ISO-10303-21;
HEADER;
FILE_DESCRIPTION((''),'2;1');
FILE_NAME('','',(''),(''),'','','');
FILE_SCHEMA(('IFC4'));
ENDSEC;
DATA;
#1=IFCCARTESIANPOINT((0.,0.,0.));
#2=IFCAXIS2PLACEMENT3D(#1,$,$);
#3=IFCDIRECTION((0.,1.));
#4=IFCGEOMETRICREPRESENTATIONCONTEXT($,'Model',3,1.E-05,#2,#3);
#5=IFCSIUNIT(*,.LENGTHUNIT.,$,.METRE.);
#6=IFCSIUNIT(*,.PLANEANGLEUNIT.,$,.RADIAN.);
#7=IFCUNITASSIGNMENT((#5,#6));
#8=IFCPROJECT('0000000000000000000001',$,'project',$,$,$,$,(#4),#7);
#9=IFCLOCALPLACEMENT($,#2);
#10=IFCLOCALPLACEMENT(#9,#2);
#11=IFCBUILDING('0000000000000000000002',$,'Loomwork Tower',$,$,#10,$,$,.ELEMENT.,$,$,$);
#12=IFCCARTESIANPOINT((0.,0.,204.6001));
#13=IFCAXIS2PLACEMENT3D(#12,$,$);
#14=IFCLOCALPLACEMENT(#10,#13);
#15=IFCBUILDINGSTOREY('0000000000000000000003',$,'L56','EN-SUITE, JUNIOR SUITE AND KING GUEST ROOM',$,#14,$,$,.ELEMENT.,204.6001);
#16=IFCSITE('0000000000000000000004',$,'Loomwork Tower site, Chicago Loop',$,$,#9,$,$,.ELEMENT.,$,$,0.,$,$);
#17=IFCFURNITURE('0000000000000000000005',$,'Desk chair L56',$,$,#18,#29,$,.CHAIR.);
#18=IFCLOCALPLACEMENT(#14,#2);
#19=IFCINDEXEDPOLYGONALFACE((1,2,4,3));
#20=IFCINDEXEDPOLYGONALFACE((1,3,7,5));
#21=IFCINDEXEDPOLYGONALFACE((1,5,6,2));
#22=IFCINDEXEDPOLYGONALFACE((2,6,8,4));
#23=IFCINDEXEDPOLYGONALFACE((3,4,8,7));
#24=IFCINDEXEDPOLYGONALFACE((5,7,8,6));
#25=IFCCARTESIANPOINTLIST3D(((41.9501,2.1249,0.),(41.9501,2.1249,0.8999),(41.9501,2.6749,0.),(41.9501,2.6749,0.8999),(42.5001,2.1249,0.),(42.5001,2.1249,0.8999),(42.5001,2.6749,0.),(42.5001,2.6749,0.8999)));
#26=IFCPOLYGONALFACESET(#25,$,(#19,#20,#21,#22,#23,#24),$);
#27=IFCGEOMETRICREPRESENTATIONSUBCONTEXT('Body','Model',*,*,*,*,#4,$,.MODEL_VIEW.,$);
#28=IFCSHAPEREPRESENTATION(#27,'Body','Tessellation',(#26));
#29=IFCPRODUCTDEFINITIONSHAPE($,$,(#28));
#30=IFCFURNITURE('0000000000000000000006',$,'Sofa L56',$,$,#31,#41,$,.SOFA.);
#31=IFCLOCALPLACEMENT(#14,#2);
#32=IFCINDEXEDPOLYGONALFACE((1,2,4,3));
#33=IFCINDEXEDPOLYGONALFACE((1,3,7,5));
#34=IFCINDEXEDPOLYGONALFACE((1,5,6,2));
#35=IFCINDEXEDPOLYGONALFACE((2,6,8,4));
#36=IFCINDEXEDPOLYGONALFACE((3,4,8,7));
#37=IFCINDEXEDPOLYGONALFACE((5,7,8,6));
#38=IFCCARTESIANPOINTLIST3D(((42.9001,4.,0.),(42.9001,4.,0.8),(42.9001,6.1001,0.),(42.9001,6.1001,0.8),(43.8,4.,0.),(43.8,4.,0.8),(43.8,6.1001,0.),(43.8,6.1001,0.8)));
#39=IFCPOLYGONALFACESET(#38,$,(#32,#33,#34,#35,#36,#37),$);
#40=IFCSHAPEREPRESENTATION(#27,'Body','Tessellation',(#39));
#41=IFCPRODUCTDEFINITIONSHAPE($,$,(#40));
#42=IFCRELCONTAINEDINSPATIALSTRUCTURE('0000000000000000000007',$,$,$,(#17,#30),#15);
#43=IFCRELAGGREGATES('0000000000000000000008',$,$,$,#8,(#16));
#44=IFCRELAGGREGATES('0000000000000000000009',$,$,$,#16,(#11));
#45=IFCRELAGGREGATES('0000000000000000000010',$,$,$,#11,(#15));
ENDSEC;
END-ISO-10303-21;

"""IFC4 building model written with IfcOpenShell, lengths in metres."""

from ifc_helpers import new_model, si_unit, direction, frame, origin, origin_2d, place, context, subcontext, project, spatial, rectangle, extrude, element, save


model = new_model("IFC4")

# Units and contexts
model_context = context("Model", 3, precision=1e-05, world=origin(), true_north=direction((0.0, 1.0)))
body_context = subcontext(model_context, "Body", "Model", "MODEL_VIEW")
ifc_project = project(units=[si_unit("LENGTHUNIT", "METRE"), si_unit("PLANEANGLEUNIT", "RADIAN")], contexts=[model_context])

# Site, building, storey
site_placement = place(None, origin())
site = spatial("IfcSite", under=ifc_project, at=site_placement, Name="Loomwork Tower site, Chicago Loop", CompositionType="ELEMENT", RefElevation=0.0)
building_placement = place(site_placement, origin())
building = spatial("IfcBuilding", under=site, at=building_placement, Name="Loomwork Tower", CompositionType="ELEMENT")
storey_placement = place(building_placement, frame((0.0, 0.0, 204.6001)))
storey = spatial("IfcBuildingStorey", under=building, at=storey_placement, Name="L56", Description="EN-SUITE, JUNIOR SUITE AND KING GUEST ROOM", CompositionType="ELEMENT", Elevation=204.6001)

# Furniture
furniture_1_placement = place(storey_placement, frame((42.2251, 2.3999, 0.0), z_axis=(0.0, 0.0, 1.0), x_axis=(1.0, 0.0, 0.0)))
element("IfcFurniture", 1, at=furniture_1_placement, inside=storey, Name="Desk chair L56", PredefinedType="CHAIR", context=body_context, shape_type="SweptSolid", body=[
    extrude(rectangle(XDim=0.55, YDim=0.55, at=origin_2d()), origin(), (0.0, 0.0, 1.0), 0.8999),
])
furniture_2_placement = place(storey_placement, frame((43.3501, 5.05, 0.0), z_axis=(0.0, 0.0, 1.0), x_axis=(1.0, 0.0, 0.0)))
element("IfcFurniture", 2, at=furniture_2_placement, inside=storey, Name="Sofa L56", PredefinedType="SOFA", context=body_context, shape_type="SweptSolid", body=[
    extrude(rectangle(XDim=0.8999, YDim=2.1001, at=origin_2d()), origin(), (0.0, 0.0, 1.0), 0.8),
])

save(model, "model.ifc")
